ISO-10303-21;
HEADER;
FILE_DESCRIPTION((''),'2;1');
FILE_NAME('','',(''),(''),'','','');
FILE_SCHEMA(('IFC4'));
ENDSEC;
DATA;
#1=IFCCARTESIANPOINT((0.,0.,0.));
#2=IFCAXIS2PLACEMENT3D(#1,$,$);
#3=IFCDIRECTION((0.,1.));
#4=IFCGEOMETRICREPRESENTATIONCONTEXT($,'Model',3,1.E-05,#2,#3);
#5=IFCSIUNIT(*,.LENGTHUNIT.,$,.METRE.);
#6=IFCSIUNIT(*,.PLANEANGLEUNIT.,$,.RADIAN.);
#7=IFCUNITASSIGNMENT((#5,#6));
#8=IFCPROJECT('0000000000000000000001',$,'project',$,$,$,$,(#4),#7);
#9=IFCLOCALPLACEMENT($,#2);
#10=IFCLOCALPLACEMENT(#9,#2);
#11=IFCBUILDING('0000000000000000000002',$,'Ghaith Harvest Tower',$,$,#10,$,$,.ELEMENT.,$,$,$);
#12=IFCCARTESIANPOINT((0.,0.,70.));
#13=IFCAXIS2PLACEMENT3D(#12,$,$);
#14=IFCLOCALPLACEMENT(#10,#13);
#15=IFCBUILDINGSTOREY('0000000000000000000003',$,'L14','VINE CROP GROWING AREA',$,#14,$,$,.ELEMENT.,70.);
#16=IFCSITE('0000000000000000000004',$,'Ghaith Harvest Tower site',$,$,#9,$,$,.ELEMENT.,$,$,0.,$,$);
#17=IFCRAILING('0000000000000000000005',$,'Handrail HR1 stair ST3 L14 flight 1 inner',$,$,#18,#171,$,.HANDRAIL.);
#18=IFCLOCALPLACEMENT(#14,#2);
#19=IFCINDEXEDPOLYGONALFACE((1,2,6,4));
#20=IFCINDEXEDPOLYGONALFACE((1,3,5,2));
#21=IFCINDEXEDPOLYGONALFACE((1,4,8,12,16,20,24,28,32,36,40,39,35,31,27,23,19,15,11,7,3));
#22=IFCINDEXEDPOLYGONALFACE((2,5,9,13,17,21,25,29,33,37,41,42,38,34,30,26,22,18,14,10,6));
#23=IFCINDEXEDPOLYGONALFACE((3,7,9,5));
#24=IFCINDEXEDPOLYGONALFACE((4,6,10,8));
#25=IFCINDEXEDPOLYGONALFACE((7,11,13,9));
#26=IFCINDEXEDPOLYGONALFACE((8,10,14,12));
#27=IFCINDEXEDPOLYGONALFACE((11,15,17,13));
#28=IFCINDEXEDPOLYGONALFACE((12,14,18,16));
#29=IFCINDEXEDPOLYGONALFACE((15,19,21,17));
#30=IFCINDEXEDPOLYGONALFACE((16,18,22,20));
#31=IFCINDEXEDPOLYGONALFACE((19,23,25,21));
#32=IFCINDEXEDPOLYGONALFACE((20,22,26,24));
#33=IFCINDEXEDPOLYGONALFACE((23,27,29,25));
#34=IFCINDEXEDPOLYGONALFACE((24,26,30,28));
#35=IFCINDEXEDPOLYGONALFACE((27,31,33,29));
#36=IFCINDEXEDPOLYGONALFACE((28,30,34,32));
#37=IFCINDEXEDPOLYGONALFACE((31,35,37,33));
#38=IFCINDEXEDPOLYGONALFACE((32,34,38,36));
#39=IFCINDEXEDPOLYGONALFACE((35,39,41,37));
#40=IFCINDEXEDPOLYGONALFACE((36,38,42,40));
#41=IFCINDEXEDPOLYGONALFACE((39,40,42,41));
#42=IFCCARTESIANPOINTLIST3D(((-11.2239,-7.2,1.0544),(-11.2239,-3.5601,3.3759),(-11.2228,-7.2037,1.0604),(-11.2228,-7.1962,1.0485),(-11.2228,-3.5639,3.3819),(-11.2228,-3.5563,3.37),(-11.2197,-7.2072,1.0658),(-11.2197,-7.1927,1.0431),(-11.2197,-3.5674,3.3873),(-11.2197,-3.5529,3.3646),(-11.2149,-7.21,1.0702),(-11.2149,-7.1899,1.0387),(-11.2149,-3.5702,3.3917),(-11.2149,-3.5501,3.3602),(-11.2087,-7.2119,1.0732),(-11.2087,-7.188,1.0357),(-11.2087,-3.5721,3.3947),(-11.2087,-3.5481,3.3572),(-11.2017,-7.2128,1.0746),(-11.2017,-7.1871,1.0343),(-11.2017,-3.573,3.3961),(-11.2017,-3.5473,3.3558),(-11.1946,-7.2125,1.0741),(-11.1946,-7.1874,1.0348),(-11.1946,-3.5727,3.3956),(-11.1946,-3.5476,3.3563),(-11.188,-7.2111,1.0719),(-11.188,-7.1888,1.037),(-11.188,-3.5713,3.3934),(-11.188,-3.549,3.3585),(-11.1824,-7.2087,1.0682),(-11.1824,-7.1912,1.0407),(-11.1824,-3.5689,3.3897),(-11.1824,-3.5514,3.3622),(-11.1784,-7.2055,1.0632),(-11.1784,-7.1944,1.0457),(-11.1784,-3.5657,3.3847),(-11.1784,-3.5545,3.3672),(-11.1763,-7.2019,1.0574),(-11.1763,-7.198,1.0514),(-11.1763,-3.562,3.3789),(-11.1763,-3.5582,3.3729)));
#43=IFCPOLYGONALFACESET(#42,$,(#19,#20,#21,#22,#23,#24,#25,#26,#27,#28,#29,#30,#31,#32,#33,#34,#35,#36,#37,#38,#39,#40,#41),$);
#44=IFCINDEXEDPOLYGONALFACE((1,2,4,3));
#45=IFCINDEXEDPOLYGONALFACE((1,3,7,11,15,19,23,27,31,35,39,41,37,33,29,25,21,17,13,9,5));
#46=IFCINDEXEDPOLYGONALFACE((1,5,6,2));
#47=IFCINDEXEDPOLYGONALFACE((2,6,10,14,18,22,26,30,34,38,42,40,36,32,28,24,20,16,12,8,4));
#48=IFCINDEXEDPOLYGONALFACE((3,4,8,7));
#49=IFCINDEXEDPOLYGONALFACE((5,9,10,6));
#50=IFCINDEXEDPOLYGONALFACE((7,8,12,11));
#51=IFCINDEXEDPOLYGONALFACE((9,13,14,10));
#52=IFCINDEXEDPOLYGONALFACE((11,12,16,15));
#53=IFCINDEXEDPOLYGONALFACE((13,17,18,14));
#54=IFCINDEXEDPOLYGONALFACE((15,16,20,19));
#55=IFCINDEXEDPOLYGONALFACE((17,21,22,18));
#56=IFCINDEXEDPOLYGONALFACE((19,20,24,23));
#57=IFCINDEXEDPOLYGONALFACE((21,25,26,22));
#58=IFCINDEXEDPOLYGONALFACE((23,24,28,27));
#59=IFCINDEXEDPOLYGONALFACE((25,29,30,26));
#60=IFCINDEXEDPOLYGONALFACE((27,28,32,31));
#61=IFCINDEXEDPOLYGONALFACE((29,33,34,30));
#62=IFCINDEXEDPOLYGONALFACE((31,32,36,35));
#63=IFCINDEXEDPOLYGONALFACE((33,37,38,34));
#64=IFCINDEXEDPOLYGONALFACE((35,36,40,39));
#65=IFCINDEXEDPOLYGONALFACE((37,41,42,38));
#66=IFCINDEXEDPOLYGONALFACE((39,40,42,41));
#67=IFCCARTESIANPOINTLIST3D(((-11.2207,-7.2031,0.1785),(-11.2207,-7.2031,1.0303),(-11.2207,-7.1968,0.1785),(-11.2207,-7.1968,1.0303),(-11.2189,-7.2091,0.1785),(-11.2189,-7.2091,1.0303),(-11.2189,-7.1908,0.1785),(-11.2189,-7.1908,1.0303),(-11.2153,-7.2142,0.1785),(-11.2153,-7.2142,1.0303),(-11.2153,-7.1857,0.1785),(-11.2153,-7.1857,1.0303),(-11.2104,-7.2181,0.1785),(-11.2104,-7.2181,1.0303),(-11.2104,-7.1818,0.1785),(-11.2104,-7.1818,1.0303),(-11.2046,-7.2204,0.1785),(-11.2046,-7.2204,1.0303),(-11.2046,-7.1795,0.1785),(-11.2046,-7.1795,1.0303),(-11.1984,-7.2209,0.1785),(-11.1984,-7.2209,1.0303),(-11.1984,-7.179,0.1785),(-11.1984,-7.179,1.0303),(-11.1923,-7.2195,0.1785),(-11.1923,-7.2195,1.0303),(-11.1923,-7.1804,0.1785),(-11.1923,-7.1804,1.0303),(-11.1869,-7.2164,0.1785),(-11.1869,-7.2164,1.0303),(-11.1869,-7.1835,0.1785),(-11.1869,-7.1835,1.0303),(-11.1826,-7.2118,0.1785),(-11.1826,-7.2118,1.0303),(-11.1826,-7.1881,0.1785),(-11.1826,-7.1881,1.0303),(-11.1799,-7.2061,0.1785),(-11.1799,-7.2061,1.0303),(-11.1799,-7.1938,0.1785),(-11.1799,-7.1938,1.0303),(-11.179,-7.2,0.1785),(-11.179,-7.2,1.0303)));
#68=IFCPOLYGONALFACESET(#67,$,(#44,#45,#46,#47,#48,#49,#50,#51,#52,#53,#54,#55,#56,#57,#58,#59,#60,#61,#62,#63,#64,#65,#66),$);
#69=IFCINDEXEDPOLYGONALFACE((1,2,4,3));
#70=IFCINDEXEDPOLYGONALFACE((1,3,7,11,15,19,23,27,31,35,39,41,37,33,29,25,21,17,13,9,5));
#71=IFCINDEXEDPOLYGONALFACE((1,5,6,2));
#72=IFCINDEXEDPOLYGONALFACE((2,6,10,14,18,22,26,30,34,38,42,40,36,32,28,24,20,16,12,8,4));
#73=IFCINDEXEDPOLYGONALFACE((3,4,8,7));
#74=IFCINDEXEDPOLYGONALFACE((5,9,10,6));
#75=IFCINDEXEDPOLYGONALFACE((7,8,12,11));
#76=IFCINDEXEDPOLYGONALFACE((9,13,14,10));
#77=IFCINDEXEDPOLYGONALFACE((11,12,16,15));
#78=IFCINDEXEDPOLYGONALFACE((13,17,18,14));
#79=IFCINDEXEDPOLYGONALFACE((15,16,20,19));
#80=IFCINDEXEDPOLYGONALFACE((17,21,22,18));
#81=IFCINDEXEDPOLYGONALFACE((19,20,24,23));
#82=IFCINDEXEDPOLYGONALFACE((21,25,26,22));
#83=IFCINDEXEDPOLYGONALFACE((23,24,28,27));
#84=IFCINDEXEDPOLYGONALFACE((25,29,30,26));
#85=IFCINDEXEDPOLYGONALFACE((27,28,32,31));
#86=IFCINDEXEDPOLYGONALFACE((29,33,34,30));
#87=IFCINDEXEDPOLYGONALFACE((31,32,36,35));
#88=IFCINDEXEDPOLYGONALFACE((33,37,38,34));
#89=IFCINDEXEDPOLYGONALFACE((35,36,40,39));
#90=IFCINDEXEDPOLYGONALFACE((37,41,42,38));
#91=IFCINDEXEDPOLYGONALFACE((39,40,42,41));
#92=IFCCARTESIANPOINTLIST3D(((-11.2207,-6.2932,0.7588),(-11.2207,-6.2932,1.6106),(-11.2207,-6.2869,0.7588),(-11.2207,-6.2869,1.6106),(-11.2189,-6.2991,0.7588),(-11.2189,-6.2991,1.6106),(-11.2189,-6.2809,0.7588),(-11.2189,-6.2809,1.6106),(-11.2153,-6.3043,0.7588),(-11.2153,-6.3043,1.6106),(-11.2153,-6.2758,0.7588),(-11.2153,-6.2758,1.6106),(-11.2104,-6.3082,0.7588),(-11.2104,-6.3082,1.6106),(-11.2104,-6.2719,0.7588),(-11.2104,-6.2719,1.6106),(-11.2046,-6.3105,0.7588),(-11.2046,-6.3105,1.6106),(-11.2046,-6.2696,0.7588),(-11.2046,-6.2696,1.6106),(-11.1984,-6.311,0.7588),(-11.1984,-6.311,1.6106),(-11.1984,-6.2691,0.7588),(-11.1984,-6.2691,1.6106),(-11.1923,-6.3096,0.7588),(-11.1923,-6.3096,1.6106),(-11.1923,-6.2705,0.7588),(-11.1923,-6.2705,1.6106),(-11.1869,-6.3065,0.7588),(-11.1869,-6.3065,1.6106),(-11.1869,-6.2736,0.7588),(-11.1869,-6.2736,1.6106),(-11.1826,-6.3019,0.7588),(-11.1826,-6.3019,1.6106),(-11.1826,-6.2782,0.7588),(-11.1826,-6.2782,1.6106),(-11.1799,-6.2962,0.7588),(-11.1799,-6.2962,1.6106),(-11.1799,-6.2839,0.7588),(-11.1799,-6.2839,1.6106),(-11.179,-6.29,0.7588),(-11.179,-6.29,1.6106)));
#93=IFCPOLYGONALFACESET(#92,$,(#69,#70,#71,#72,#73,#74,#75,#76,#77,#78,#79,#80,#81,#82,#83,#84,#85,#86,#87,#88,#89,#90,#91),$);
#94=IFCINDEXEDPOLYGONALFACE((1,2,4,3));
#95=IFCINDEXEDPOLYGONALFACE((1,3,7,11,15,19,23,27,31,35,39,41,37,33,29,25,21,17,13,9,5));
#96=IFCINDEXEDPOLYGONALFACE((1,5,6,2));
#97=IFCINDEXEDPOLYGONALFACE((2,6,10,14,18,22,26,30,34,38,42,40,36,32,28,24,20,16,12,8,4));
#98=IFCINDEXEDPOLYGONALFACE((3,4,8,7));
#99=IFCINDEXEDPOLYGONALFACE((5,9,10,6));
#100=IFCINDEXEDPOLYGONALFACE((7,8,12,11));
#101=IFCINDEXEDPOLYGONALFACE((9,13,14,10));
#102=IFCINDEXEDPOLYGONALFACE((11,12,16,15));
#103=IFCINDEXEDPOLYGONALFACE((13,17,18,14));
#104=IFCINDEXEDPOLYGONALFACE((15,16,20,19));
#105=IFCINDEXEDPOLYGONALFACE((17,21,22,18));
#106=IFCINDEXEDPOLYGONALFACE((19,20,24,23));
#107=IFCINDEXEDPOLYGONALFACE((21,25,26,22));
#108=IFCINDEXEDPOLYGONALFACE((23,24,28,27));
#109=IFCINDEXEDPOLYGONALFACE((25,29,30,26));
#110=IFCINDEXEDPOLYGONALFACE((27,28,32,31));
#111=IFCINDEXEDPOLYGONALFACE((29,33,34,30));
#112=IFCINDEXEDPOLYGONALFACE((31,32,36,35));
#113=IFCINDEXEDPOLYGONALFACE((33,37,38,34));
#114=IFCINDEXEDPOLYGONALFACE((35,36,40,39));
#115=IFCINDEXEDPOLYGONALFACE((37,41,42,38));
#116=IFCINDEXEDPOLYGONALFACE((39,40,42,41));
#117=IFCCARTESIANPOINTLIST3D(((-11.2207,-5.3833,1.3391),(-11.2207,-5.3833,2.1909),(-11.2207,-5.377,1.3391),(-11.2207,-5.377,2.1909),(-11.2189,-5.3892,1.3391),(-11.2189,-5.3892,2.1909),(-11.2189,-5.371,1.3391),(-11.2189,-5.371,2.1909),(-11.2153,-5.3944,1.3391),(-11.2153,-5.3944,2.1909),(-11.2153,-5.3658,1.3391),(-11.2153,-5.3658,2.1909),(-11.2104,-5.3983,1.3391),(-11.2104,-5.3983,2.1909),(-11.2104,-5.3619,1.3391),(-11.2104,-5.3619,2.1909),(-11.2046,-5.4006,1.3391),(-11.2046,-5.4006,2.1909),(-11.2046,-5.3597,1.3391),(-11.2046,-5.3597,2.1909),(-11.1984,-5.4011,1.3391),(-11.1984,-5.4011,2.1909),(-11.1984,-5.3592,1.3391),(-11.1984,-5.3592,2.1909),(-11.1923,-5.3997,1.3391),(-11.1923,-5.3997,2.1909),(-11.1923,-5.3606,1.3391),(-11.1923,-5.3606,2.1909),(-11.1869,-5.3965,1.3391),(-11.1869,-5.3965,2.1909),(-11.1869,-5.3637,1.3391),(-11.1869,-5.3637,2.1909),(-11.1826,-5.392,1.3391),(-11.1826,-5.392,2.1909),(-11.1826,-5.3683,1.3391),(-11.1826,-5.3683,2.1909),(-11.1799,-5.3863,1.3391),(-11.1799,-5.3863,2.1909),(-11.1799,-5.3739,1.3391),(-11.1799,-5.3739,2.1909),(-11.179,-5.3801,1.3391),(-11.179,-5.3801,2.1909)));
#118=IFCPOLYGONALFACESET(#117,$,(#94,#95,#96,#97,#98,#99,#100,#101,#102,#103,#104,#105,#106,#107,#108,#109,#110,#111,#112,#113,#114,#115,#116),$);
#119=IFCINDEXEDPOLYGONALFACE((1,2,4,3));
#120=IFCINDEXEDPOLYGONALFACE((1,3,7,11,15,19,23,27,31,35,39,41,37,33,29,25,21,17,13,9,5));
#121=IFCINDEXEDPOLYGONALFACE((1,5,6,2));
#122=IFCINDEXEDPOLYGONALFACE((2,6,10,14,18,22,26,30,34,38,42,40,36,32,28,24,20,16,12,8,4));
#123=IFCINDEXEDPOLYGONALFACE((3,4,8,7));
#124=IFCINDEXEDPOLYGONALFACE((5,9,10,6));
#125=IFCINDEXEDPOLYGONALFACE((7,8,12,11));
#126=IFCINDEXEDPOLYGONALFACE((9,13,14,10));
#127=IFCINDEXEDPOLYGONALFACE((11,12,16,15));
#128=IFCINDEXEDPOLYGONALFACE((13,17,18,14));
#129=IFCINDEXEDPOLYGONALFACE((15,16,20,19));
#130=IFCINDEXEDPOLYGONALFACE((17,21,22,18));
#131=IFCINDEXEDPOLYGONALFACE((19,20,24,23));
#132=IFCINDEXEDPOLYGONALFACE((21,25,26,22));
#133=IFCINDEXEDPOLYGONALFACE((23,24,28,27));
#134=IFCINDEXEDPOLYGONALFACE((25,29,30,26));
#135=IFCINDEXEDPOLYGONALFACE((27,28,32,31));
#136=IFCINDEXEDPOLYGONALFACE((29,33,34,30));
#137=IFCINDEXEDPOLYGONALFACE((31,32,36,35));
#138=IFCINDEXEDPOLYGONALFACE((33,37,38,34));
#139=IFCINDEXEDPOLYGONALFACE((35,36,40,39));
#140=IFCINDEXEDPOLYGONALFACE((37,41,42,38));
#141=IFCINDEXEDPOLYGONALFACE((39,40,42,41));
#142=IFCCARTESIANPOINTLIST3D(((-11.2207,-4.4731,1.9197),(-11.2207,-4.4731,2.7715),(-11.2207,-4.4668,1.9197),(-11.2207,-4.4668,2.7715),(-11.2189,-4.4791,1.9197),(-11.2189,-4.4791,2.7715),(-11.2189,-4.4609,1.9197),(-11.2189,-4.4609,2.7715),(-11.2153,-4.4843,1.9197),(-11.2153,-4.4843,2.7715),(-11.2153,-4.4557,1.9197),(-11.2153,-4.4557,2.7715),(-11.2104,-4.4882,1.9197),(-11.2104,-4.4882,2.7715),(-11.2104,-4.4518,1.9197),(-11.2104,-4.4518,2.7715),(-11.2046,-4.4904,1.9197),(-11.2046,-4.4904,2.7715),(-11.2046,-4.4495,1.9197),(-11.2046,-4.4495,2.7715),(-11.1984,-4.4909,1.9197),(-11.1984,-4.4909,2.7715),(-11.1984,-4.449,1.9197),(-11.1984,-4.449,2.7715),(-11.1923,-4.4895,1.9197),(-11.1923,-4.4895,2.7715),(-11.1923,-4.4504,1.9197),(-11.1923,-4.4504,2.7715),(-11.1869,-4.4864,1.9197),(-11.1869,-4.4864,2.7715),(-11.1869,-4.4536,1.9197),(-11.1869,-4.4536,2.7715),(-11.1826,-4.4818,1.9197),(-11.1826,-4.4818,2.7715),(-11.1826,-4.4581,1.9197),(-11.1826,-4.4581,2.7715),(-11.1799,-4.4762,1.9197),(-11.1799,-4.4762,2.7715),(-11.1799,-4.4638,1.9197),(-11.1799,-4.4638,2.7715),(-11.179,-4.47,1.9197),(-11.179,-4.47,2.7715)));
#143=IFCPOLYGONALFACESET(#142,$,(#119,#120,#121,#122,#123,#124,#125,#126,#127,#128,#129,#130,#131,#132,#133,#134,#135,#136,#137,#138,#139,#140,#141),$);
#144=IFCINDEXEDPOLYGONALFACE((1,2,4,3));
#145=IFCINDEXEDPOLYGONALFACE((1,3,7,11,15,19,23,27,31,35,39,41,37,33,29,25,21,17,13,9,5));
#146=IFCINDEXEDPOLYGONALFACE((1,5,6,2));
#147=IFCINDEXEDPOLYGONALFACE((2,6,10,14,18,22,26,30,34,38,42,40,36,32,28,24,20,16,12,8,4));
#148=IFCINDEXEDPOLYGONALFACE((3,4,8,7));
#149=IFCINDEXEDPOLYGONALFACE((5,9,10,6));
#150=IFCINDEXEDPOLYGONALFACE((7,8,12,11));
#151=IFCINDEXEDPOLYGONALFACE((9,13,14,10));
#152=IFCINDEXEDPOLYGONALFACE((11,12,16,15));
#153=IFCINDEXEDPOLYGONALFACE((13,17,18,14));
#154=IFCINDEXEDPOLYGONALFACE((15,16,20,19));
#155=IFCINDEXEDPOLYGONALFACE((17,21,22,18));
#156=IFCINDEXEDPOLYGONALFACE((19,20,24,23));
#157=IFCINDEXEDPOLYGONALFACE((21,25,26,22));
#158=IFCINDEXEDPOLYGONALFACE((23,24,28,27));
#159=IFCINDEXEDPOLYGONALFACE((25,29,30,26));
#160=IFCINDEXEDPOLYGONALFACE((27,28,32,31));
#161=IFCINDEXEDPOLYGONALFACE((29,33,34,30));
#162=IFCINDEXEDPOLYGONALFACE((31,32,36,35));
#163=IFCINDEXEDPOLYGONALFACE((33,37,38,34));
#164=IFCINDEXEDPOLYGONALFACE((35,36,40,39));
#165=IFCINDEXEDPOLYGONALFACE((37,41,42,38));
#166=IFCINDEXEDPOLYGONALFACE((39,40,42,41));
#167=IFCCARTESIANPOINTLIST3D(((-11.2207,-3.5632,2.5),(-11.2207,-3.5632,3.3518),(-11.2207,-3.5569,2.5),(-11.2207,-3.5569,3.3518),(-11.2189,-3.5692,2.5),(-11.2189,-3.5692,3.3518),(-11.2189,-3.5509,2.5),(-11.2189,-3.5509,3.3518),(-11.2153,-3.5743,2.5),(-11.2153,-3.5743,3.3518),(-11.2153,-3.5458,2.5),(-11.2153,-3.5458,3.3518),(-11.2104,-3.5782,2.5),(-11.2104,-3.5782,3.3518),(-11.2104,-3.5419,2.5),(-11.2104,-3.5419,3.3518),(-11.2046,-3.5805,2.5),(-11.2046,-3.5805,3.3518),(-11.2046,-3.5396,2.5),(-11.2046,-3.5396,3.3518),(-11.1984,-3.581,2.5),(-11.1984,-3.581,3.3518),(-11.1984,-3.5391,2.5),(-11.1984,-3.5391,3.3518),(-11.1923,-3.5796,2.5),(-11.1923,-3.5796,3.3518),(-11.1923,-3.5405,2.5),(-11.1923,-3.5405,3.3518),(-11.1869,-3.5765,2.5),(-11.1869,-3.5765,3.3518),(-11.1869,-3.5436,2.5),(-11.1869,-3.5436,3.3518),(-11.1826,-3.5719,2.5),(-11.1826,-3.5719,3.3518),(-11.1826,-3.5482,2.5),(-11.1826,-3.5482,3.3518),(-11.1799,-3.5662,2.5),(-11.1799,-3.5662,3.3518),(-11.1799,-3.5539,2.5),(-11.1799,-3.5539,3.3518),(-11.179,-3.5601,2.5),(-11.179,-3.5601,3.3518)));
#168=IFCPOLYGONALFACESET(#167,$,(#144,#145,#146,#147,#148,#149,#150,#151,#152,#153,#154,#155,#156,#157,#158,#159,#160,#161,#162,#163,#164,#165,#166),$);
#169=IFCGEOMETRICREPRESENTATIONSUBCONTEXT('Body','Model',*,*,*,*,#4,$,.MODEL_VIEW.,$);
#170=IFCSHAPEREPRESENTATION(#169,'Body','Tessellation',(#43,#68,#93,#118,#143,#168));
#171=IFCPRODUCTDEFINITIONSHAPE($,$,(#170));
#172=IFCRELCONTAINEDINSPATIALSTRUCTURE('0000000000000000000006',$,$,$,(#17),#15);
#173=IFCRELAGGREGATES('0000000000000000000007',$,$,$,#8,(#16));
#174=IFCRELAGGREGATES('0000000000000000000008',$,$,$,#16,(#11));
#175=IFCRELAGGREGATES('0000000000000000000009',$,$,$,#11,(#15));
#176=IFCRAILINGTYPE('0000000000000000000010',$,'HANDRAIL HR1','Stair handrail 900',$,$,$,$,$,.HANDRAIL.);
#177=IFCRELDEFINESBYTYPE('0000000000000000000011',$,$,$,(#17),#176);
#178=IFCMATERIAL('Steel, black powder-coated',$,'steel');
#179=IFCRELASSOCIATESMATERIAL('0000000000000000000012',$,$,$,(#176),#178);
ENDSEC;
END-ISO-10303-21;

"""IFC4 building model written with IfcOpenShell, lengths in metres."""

from ifc_helpers import new_model, si_unit, direction, frame, origin, origin_2d, place, context, subcontext, project, spatial, circle, extrude, material, type_object, element, save


model = new_model("IFC4")

# Units and contexts
model_context = context("Model", 3, precision=1e-05, world=origin(), true_north=direction((0.0, 1.0)))
body_context = subcontext(model_context, "Body", "Model", "MODEL_VIEW")
ifc_project = project(units=[si_unit("LENGTHUNIT", "METRE"), si_unit("PLANEANGLEUNIT", "RADIAN")], contexts=[model_context])

# Site, building, storey
site_placement = place(None, origin())
site = spatial("IfcSite", under=ifc_project, at=site_placement, Name="Ghaith Harvest Tower site", CompositionType="ELEMENT", RefElevation=0.0)
building_placement = place(site_placement, origin())
building = spatial("IfcBuilding", under=site, at=building_placement, Name="Ghaith Harvest Tower", CompositionType="ELEMENT")
storey_placement = place(building_placement, frame((0.0, 0.0, 70.0)))
storey = spatial("IfcBuildingStorey", under=building, at=storey_placement, Name="L14", Description="VINE CROP GROWING AREA", CompositionType="ELEMENT", Elevation=70.0)

# Railing
ifc_material_1 = material(Name="Steel, black powder-coated", Category="steel")
railing_type = type_object("IfcRailingType", Name="HANDRAIL HR1", Description="Stair handrail 900", PredefinedType="HANDRAIL", material=ifc_material_1)
railing_1_placement = place(storey_placement, frame((-11.2, -7.2, 0.1785)))
element("IfcRailing", 1, at=railing_1_placement, inside=storey, type_object=railing_type, Name="Handrail HR1 stair ST3 L14 flight 1 inner", PredefinedType="HANDRAIL", context=body_context, shape_type="SweptSolid", body=[
    extrude(circle(Radius=0.0239, at=origin_2d()), frame((0.0, 0.0, 0.876), z_axis=(0.0, 0.843112, 0.537739), x_axis=(-1.0, 0.0, 0.0)), (0.0, 0.0, 1.0), 4.3171),
    extrude(circle(Radius=0.021, at=origin_2d()), origin(), (0.0, 0.0, 1.0), 0.8518),
    extrude(circle(Radius=0.021, at=origin_2d()), frame((0.0, 0.9099, 0.5803)), (0.0, 0.0, 1.0), 0.8518),
    extrude(circle(Radius=0.021, at=origin_2d()), frame((0.0, 1.8198, 1.1606)), (0.0, 0.0, 1.0), 0.8518),
    extrude(circle(Radius=0.021, at=origin_2d()), frame((0.0, 2.73, 1.7412)), (0.0, 0.0, 1.0), 0.8518),
    extrude(circle(Radius=0.021, at=origin_2d()), frame((0.0, 3.6399, 2.3215)), (0.0, 0.0, 1.0), 0.8518),
])

save(model, "model.ifc")
